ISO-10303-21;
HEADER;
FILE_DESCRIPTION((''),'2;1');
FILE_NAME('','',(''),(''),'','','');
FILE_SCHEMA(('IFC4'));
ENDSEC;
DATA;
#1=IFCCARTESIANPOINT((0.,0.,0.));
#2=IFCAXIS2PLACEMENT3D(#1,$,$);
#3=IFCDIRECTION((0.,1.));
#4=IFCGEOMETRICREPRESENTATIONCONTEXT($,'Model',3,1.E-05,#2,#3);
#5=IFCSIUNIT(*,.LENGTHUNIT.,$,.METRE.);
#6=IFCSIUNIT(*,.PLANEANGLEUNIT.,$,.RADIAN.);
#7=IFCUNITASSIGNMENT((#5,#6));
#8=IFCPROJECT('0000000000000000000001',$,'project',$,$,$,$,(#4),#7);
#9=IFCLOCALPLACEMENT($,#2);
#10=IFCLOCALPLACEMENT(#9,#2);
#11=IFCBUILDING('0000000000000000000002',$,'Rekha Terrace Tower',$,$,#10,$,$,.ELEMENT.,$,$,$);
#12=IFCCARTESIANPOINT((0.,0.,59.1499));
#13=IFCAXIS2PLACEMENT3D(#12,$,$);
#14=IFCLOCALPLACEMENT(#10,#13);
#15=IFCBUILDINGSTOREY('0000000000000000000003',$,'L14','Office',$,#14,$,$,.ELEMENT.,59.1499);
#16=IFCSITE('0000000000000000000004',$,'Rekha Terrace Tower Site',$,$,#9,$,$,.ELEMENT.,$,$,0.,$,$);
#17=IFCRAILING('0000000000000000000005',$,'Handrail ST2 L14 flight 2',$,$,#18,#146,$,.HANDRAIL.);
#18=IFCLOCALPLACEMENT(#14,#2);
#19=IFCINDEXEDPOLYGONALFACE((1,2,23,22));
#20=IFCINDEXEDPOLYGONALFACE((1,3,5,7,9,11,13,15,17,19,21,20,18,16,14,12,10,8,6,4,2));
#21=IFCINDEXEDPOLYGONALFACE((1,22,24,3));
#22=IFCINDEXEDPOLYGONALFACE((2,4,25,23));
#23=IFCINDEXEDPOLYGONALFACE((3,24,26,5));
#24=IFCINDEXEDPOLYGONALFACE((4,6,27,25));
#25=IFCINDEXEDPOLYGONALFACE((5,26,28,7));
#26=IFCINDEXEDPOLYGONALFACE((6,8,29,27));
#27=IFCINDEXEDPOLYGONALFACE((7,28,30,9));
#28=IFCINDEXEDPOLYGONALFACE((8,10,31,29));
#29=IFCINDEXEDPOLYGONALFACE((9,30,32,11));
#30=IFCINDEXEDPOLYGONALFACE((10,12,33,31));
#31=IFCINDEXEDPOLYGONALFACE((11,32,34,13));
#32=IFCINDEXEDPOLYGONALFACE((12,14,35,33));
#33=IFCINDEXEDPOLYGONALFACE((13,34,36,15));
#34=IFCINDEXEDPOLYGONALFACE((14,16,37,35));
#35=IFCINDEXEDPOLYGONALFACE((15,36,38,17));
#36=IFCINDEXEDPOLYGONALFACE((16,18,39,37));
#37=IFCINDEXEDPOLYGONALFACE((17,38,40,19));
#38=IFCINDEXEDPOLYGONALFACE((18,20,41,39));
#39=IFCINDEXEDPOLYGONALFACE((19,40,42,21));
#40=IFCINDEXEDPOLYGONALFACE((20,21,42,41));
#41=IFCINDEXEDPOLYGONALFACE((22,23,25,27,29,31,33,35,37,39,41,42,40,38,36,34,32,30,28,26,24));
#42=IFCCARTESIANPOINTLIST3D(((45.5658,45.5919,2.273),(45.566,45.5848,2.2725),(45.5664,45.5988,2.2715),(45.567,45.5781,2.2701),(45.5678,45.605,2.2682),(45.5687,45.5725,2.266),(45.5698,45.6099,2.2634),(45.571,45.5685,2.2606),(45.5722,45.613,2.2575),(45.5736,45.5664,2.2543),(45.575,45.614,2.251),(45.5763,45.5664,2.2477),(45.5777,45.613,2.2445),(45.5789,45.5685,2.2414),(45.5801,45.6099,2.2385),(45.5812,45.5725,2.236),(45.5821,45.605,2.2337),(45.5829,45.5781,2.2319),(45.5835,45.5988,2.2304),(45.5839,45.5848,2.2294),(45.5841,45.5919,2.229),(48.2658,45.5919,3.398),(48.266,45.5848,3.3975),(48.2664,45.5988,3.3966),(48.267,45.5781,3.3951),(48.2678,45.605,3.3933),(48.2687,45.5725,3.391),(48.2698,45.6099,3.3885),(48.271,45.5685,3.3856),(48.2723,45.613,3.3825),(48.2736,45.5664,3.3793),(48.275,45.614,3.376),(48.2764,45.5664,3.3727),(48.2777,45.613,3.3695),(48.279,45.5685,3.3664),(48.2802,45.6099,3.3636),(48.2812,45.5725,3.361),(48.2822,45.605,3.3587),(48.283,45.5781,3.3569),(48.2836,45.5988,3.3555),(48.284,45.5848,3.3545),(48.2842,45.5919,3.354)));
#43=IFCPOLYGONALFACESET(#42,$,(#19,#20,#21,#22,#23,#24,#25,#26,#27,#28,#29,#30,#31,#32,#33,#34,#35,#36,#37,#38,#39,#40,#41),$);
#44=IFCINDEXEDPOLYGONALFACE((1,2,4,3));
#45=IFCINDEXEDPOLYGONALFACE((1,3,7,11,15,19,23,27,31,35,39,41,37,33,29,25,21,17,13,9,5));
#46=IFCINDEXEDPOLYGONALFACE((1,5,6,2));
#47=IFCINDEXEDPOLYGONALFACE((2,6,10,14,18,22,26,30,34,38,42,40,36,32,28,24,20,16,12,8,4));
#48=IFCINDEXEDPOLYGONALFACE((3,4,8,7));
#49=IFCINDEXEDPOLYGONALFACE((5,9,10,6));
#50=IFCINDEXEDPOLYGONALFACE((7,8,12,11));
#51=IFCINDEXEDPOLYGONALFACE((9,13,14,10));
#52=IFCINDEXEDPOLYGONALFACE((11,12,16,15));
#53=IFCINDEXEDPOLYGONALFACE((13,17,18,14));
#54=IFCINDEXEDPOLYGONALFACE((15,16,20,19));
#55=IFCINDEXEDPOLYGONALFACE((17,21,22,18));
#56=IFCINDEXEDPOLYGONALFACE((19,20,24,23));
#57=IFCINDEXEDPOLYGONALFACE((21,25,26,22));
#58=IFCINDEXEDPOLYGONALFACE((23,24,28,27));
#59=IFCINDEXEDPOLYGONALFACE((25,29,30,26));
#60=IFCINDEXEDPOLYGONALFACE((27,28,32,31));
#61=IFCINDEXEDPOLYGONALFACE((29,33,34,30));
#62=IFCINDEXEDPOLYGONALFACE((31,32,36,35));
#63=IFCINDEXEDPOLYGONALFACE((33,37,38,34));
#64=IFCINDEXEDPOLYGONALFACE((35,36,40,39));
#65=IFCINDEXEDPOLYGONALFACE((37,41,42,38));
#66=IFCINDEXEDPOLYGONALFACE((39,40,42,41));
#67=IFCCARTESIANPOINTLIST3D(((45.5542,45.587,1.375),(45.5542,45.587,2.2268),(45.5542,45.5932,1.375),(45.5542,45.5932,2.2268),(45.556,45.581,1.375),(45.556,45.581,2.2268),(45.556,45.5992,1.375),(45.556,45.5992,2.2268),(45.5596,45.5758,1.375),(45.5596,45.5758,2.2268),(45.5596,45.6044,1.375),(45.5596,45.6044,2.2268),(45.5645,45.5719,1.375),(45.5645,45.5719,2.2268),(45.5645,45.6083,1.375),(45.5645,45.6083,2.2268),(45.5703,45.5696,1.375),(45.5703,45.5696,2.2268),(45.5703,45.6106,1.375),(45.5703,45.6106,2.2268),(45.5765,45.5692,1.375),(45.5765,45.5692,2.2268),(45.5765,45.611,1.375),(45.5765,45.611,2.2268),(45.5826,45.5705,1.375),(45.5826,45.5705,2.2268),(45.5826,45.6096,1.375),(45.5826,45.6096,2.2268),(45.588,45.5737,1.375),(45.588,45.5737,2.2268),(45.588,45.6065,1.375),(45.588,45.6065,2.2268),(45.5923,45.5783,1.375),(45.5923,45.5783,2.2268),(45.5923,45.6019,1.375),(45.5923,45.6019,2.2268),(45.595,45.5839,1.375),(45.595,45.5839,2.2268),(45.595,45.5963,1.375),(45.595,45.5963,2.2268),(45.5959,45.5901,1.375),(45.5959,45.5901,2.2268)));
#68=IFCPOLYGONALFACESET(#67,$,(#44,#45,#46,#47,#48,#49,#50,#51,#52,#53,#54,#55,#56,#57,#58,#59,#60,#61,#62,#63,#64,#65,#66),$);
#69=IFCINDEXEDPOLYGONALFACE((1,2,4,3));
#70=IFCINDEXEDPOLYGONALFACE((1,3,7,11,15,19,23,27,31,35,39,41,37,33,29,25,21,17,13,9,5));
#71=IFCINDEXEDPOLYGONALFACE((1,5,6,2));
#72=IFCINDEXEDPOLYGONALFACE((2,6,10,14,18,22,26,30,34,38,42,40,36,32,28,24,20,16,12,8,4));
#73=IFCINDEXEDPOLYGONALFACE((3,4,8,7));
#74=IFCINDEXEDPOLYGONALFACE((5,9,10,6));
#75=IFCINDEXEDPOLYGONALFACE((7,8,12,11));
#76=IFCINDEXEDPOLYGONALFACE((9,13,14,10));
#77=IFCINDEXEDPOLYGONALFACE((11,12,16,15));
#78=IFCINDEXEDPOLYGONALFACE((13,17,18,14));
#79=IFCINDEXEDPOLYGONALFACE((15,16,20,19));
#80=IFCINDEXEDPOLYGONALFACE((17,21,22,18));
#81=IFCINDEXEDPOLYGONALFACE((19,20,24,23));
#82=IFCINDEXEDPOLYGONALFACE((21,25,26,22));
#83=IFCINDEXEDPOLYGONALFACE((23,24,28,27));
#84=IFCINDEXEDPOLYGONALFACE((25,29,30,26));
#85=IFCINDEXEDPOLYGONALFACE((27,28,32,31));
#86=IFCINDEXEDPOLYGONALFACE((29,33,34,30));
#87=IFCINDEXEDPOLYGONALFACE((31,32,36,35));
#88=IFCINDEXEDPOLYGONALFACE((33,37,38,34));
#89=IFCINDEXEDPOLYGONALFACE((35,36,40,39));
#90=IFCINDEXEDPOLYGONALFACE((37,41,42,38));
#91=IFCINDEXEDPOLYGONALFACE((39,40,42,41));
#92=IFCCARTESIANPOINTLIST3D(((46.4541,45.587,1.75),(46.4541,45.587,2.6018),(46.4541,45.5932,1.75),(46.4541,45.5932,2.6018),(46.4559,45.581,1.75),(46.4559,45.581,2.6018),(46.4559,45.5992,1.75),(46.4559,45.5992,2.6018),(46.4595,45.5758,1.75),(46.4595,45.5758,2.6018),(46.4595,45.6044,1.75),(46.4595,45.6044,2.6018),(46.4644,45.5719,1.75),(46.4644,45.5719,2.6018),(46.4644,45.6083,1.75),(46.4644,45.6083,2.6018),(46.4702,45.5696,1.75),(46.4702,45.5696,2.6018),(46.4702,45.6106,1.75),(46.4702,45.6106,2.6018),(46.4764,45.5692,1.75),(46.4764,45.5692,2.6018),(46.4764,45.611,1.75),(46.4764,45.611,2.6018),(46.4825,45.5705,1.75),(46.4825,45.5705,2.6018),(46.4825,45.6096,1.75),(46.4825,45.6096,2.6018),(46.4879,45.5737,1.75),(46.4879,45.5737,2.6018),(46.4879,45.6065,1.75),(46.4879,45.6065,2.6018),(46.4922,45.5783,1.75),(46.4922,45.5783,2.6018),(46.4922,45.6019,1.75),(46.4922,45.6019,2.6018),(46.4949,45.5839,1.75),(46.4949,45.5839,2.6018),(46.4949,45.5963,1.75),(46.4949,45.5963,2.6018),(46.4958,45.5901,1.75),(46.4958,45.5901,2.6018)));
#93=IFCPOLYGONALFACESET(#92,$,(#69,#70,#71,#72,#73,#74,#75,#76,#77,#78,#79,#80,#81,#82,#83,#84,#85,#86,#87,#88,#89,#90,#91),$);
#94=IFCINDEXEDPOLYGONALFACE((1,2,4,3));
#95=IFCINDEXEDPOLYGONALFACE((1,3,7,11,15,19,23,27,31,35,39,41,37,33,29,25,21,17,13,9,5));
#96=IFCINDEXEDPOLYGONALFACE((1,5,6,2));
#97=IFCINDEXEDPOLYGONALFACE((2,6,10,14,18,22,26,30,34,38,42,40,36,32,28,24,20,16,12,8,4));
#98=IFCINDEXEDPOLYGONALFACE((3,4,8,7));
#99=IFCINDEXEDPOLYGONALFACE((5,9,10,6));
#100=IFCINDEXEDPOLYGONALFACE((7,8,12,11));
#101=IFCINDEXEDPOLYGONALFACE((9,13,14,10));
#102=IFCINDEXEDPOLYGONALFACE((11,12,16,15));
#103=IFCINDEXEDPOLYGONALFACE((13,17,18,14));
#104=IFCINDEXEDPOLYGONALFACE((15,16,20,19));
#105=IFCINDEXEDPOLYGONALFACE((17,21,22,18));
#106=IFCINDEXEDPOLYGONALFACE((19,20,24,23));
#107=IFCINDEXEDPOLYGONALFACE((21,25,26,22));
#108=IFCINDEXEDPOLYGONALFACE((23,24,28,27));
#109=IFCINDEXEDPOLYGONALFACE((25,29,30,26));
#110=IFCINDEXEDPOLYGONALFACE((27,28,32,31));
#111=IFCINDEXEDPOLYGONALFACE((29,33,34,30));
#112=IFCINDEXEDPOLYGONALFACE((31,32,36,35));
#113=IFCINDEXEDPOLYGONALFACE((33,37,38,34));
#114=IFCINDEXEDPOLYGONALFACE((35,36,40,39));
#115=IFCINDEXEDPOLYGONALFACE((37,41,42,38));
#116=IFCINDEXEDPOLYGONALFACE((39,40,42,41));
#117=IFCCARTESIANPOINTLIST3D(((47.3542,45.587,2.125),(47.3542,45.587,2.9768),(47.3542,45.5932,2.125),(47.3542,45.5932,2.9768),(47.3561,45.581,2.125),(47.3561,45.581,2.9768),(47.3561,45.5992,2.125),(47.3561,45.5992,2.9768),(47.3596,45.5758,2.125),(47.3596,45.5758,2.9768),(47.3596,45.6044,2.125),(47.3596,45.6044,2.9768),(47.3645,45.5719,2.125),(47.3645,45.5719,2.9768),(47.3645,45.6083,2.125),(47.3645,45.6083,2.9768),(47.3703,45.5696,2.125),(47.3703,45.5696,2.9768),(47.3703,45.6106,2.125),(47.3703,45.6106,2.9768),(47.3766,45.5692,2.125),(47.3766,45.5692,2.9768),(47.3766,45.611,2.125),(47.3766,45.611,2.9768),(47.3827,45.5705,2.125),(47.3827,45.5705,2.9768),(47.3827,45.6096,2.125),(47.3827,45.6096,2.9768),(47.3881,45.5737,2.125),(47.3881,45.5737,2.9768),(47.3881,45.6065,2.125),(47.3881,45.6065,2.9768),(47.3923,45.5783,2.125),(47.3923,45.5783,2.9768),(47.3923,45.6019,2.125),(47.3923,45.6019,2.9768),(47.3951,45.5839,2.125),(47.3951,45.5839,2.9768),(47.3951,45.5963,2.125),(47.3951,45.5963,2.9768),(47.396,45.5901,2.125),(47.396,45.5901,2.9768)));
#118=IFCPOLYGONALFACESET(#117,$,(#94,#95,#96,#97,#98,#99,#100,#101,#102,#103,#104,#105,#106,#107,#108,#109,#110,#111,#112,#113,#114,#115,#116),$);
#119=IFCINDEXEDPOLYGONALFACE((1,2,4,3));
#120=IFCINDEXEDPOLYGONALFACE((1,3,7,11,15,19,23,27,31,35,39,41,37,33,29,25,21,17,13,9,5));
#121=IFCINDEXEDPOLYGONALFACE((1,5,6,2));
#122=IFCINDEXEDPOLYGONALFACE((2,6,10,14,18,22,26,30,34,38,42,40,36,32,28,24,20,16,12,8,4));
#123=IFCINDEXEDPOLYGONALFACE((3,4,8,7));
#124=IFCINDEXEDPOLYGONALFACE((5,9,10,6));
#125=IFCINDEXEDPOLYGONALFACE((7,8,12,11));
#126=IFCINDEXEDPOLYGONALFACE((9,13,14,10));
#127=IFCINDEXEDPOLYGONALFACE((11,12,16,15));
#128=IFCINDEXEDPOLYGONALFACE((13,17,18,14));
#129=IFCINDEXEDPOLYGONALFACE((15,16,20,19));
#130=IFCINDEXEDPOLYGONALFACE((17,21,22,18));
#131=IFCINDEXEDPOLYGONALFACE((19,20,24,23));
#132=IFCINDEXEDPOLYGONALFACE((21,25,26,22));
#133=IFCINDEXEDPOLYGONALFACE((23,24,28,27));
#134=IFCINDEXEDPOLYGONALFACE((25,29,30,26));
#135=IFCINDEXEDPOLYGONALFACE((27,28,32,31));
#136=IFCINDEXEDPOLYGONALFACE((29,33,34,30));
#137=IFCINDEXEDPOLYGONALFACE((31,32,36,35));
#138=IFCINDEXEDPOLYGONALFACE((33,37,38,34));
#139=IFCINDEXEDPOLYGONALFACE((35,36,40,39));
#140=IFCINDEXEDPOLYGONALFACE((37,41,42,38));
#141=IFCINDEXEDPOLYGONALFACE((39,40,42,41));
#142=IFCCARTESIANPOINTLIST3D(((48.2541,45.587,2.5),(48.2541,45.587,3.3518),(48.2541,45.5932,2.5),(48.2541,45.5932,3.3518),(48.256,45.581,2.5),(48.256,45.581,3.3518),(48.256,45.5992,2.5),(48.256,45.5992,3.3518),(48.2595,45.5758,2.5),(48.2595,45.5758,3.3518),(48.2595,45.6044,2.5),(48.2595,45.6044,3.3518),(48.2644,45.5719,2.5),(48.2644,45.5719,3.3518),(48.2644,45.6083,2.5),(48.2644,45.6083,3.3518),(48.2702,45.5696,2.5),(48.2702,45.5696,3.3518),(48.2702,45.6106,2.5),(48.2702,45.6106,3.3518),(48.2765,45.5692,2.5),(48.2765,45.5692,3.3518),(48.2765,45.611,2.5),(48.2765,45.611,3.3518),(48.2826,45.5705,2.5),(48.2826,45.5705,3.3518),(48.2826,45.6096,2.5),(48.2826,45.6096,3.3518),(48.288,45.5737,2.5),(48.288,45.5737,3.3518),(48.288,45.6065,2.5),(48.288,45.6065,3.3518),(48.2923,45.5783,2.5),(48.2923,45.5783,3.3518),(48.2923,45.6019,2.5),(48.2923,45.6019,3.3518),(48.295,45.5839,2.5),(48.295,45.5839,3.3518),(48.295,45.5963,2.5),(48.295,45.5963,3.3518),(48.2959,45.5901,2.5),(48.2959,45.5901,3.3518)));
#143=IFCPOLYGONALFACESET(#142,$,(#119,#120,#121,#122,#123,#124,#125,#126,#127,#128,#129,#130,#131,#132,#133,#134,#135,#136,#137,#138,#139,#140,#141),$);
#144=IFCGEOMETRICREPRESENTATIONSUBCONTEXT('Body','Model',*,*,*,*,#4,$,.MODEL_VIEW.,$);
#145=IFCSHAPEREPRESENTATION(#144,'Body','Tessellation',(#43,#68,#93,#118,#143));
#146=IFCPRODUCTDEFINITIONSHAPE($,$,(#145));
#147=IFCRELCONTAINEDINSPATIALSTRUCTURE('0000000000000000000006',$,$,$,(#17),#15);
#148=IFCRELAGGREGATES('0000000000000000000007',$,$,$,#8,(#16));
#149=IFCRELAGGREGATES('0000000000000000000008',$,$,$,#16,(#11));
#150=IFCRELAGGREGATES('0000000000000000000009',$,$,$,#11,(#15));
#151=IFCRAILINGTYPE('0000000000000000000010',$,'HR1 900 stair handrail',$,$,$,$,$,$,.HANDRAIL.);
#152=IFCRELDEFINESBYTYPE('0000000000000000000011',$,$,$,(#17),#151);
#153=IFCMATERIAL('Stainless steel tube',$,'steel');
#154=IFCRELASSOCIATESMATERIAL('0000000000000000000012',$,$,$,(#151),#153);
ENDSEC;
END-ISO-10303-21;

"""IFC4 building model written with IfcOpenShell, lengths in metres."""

from ifc_helpers import new_model, si_unit, direction, frame, origin, origin_2d, place, context, subcontext, project, spatial, circle, extrude, material, type_object, element, save


model = new_model("IFC4")

# Units and contexts
model_context = context("Model", 3, precision=1e-05, world=origin(), true_north=direction((0.0, 1.0)))
body_context = subcontext(model_context, "Body", "Model", "MODEL_VIEW")
ifc_project = project(units=[si_unit("LENGTHUNIT", "METRE"), si_unit("PLANEANGLEUNIT", "RADIAN")], contexts=[model_context])

# Site, building, storey
site_placement = place(None, origin())
site = spatial("IfcSite", under=ifc_project, at=site_placement, Name="Rekha Terrace Tower Site", CompositionType="ELEMENT", RefElevation=0.0)
building_placement = place(site_placement, origin())
building = spatial("IfcBuilding", under=site, at=building_placement, Name="Rekha Terrace Tower", CompositionType="ELEMENT")
storey_placement = place(building_placement, frame((0.0, 0.0, 59.1499)))
storey = spatial("IfcBuildingStorey", under=building, at=storey_placement, Name="L14", Description="Office", CompositionType="ELEMENT", Elevation=59.1499)

# Railing
ifc_material_1 = material(Name="Stainless steel tube", Category="steel")
railing_type_1 = type_object("IfcRailingType", Name="HR1 900 stair handrail", PredefinedType="HANDRAIL", material=ifc_material_1)
railing_1_placement = place(storey_placement, frame((45.575, 45.5901, 1.375)))
element("IfcRailing", 1, at=railing_1_placement, inside=storey, type_object=railing_type_1, Name="Handrail ST2 L14 flight 2", PredefinedType="HANDRAIL", context=body_context, shape_type="SweptSolid", body=[
    extrude(circle(Radius=0.0239, at=origin_2d()), frame((0.0, 0.0, 0.876), z_axis=(0.923074, 0.0, 0.384621), x_axis=(0.0, 1.0, 0.0)), (0.0, 0.0, 1.0), 2.925),
    extrude(circle(Radius=0.021, at=origin_2d()), origin(), (0.0, 0.0, 1.0), 0.8518),
    extrude(circle(Radius=0.021, at=origin_2d()), frame((0.8999, 0.0, 0.375)), (0.0, 0.0, 1.0), 0.8518),
    extrude(circle(Radius=0.021, at=origin_2d()), frame((1.8, 0.0, 0.75)), (0.0, 0.0, 1.0), 0.8518),
    extrude(circle(Radius=0.021, at=origin_2d()), frame((2.7, 0.0, 1.125)), (0.0, 0.0, 1.0), 0.8518),
])

save(model, "model.ifc")
